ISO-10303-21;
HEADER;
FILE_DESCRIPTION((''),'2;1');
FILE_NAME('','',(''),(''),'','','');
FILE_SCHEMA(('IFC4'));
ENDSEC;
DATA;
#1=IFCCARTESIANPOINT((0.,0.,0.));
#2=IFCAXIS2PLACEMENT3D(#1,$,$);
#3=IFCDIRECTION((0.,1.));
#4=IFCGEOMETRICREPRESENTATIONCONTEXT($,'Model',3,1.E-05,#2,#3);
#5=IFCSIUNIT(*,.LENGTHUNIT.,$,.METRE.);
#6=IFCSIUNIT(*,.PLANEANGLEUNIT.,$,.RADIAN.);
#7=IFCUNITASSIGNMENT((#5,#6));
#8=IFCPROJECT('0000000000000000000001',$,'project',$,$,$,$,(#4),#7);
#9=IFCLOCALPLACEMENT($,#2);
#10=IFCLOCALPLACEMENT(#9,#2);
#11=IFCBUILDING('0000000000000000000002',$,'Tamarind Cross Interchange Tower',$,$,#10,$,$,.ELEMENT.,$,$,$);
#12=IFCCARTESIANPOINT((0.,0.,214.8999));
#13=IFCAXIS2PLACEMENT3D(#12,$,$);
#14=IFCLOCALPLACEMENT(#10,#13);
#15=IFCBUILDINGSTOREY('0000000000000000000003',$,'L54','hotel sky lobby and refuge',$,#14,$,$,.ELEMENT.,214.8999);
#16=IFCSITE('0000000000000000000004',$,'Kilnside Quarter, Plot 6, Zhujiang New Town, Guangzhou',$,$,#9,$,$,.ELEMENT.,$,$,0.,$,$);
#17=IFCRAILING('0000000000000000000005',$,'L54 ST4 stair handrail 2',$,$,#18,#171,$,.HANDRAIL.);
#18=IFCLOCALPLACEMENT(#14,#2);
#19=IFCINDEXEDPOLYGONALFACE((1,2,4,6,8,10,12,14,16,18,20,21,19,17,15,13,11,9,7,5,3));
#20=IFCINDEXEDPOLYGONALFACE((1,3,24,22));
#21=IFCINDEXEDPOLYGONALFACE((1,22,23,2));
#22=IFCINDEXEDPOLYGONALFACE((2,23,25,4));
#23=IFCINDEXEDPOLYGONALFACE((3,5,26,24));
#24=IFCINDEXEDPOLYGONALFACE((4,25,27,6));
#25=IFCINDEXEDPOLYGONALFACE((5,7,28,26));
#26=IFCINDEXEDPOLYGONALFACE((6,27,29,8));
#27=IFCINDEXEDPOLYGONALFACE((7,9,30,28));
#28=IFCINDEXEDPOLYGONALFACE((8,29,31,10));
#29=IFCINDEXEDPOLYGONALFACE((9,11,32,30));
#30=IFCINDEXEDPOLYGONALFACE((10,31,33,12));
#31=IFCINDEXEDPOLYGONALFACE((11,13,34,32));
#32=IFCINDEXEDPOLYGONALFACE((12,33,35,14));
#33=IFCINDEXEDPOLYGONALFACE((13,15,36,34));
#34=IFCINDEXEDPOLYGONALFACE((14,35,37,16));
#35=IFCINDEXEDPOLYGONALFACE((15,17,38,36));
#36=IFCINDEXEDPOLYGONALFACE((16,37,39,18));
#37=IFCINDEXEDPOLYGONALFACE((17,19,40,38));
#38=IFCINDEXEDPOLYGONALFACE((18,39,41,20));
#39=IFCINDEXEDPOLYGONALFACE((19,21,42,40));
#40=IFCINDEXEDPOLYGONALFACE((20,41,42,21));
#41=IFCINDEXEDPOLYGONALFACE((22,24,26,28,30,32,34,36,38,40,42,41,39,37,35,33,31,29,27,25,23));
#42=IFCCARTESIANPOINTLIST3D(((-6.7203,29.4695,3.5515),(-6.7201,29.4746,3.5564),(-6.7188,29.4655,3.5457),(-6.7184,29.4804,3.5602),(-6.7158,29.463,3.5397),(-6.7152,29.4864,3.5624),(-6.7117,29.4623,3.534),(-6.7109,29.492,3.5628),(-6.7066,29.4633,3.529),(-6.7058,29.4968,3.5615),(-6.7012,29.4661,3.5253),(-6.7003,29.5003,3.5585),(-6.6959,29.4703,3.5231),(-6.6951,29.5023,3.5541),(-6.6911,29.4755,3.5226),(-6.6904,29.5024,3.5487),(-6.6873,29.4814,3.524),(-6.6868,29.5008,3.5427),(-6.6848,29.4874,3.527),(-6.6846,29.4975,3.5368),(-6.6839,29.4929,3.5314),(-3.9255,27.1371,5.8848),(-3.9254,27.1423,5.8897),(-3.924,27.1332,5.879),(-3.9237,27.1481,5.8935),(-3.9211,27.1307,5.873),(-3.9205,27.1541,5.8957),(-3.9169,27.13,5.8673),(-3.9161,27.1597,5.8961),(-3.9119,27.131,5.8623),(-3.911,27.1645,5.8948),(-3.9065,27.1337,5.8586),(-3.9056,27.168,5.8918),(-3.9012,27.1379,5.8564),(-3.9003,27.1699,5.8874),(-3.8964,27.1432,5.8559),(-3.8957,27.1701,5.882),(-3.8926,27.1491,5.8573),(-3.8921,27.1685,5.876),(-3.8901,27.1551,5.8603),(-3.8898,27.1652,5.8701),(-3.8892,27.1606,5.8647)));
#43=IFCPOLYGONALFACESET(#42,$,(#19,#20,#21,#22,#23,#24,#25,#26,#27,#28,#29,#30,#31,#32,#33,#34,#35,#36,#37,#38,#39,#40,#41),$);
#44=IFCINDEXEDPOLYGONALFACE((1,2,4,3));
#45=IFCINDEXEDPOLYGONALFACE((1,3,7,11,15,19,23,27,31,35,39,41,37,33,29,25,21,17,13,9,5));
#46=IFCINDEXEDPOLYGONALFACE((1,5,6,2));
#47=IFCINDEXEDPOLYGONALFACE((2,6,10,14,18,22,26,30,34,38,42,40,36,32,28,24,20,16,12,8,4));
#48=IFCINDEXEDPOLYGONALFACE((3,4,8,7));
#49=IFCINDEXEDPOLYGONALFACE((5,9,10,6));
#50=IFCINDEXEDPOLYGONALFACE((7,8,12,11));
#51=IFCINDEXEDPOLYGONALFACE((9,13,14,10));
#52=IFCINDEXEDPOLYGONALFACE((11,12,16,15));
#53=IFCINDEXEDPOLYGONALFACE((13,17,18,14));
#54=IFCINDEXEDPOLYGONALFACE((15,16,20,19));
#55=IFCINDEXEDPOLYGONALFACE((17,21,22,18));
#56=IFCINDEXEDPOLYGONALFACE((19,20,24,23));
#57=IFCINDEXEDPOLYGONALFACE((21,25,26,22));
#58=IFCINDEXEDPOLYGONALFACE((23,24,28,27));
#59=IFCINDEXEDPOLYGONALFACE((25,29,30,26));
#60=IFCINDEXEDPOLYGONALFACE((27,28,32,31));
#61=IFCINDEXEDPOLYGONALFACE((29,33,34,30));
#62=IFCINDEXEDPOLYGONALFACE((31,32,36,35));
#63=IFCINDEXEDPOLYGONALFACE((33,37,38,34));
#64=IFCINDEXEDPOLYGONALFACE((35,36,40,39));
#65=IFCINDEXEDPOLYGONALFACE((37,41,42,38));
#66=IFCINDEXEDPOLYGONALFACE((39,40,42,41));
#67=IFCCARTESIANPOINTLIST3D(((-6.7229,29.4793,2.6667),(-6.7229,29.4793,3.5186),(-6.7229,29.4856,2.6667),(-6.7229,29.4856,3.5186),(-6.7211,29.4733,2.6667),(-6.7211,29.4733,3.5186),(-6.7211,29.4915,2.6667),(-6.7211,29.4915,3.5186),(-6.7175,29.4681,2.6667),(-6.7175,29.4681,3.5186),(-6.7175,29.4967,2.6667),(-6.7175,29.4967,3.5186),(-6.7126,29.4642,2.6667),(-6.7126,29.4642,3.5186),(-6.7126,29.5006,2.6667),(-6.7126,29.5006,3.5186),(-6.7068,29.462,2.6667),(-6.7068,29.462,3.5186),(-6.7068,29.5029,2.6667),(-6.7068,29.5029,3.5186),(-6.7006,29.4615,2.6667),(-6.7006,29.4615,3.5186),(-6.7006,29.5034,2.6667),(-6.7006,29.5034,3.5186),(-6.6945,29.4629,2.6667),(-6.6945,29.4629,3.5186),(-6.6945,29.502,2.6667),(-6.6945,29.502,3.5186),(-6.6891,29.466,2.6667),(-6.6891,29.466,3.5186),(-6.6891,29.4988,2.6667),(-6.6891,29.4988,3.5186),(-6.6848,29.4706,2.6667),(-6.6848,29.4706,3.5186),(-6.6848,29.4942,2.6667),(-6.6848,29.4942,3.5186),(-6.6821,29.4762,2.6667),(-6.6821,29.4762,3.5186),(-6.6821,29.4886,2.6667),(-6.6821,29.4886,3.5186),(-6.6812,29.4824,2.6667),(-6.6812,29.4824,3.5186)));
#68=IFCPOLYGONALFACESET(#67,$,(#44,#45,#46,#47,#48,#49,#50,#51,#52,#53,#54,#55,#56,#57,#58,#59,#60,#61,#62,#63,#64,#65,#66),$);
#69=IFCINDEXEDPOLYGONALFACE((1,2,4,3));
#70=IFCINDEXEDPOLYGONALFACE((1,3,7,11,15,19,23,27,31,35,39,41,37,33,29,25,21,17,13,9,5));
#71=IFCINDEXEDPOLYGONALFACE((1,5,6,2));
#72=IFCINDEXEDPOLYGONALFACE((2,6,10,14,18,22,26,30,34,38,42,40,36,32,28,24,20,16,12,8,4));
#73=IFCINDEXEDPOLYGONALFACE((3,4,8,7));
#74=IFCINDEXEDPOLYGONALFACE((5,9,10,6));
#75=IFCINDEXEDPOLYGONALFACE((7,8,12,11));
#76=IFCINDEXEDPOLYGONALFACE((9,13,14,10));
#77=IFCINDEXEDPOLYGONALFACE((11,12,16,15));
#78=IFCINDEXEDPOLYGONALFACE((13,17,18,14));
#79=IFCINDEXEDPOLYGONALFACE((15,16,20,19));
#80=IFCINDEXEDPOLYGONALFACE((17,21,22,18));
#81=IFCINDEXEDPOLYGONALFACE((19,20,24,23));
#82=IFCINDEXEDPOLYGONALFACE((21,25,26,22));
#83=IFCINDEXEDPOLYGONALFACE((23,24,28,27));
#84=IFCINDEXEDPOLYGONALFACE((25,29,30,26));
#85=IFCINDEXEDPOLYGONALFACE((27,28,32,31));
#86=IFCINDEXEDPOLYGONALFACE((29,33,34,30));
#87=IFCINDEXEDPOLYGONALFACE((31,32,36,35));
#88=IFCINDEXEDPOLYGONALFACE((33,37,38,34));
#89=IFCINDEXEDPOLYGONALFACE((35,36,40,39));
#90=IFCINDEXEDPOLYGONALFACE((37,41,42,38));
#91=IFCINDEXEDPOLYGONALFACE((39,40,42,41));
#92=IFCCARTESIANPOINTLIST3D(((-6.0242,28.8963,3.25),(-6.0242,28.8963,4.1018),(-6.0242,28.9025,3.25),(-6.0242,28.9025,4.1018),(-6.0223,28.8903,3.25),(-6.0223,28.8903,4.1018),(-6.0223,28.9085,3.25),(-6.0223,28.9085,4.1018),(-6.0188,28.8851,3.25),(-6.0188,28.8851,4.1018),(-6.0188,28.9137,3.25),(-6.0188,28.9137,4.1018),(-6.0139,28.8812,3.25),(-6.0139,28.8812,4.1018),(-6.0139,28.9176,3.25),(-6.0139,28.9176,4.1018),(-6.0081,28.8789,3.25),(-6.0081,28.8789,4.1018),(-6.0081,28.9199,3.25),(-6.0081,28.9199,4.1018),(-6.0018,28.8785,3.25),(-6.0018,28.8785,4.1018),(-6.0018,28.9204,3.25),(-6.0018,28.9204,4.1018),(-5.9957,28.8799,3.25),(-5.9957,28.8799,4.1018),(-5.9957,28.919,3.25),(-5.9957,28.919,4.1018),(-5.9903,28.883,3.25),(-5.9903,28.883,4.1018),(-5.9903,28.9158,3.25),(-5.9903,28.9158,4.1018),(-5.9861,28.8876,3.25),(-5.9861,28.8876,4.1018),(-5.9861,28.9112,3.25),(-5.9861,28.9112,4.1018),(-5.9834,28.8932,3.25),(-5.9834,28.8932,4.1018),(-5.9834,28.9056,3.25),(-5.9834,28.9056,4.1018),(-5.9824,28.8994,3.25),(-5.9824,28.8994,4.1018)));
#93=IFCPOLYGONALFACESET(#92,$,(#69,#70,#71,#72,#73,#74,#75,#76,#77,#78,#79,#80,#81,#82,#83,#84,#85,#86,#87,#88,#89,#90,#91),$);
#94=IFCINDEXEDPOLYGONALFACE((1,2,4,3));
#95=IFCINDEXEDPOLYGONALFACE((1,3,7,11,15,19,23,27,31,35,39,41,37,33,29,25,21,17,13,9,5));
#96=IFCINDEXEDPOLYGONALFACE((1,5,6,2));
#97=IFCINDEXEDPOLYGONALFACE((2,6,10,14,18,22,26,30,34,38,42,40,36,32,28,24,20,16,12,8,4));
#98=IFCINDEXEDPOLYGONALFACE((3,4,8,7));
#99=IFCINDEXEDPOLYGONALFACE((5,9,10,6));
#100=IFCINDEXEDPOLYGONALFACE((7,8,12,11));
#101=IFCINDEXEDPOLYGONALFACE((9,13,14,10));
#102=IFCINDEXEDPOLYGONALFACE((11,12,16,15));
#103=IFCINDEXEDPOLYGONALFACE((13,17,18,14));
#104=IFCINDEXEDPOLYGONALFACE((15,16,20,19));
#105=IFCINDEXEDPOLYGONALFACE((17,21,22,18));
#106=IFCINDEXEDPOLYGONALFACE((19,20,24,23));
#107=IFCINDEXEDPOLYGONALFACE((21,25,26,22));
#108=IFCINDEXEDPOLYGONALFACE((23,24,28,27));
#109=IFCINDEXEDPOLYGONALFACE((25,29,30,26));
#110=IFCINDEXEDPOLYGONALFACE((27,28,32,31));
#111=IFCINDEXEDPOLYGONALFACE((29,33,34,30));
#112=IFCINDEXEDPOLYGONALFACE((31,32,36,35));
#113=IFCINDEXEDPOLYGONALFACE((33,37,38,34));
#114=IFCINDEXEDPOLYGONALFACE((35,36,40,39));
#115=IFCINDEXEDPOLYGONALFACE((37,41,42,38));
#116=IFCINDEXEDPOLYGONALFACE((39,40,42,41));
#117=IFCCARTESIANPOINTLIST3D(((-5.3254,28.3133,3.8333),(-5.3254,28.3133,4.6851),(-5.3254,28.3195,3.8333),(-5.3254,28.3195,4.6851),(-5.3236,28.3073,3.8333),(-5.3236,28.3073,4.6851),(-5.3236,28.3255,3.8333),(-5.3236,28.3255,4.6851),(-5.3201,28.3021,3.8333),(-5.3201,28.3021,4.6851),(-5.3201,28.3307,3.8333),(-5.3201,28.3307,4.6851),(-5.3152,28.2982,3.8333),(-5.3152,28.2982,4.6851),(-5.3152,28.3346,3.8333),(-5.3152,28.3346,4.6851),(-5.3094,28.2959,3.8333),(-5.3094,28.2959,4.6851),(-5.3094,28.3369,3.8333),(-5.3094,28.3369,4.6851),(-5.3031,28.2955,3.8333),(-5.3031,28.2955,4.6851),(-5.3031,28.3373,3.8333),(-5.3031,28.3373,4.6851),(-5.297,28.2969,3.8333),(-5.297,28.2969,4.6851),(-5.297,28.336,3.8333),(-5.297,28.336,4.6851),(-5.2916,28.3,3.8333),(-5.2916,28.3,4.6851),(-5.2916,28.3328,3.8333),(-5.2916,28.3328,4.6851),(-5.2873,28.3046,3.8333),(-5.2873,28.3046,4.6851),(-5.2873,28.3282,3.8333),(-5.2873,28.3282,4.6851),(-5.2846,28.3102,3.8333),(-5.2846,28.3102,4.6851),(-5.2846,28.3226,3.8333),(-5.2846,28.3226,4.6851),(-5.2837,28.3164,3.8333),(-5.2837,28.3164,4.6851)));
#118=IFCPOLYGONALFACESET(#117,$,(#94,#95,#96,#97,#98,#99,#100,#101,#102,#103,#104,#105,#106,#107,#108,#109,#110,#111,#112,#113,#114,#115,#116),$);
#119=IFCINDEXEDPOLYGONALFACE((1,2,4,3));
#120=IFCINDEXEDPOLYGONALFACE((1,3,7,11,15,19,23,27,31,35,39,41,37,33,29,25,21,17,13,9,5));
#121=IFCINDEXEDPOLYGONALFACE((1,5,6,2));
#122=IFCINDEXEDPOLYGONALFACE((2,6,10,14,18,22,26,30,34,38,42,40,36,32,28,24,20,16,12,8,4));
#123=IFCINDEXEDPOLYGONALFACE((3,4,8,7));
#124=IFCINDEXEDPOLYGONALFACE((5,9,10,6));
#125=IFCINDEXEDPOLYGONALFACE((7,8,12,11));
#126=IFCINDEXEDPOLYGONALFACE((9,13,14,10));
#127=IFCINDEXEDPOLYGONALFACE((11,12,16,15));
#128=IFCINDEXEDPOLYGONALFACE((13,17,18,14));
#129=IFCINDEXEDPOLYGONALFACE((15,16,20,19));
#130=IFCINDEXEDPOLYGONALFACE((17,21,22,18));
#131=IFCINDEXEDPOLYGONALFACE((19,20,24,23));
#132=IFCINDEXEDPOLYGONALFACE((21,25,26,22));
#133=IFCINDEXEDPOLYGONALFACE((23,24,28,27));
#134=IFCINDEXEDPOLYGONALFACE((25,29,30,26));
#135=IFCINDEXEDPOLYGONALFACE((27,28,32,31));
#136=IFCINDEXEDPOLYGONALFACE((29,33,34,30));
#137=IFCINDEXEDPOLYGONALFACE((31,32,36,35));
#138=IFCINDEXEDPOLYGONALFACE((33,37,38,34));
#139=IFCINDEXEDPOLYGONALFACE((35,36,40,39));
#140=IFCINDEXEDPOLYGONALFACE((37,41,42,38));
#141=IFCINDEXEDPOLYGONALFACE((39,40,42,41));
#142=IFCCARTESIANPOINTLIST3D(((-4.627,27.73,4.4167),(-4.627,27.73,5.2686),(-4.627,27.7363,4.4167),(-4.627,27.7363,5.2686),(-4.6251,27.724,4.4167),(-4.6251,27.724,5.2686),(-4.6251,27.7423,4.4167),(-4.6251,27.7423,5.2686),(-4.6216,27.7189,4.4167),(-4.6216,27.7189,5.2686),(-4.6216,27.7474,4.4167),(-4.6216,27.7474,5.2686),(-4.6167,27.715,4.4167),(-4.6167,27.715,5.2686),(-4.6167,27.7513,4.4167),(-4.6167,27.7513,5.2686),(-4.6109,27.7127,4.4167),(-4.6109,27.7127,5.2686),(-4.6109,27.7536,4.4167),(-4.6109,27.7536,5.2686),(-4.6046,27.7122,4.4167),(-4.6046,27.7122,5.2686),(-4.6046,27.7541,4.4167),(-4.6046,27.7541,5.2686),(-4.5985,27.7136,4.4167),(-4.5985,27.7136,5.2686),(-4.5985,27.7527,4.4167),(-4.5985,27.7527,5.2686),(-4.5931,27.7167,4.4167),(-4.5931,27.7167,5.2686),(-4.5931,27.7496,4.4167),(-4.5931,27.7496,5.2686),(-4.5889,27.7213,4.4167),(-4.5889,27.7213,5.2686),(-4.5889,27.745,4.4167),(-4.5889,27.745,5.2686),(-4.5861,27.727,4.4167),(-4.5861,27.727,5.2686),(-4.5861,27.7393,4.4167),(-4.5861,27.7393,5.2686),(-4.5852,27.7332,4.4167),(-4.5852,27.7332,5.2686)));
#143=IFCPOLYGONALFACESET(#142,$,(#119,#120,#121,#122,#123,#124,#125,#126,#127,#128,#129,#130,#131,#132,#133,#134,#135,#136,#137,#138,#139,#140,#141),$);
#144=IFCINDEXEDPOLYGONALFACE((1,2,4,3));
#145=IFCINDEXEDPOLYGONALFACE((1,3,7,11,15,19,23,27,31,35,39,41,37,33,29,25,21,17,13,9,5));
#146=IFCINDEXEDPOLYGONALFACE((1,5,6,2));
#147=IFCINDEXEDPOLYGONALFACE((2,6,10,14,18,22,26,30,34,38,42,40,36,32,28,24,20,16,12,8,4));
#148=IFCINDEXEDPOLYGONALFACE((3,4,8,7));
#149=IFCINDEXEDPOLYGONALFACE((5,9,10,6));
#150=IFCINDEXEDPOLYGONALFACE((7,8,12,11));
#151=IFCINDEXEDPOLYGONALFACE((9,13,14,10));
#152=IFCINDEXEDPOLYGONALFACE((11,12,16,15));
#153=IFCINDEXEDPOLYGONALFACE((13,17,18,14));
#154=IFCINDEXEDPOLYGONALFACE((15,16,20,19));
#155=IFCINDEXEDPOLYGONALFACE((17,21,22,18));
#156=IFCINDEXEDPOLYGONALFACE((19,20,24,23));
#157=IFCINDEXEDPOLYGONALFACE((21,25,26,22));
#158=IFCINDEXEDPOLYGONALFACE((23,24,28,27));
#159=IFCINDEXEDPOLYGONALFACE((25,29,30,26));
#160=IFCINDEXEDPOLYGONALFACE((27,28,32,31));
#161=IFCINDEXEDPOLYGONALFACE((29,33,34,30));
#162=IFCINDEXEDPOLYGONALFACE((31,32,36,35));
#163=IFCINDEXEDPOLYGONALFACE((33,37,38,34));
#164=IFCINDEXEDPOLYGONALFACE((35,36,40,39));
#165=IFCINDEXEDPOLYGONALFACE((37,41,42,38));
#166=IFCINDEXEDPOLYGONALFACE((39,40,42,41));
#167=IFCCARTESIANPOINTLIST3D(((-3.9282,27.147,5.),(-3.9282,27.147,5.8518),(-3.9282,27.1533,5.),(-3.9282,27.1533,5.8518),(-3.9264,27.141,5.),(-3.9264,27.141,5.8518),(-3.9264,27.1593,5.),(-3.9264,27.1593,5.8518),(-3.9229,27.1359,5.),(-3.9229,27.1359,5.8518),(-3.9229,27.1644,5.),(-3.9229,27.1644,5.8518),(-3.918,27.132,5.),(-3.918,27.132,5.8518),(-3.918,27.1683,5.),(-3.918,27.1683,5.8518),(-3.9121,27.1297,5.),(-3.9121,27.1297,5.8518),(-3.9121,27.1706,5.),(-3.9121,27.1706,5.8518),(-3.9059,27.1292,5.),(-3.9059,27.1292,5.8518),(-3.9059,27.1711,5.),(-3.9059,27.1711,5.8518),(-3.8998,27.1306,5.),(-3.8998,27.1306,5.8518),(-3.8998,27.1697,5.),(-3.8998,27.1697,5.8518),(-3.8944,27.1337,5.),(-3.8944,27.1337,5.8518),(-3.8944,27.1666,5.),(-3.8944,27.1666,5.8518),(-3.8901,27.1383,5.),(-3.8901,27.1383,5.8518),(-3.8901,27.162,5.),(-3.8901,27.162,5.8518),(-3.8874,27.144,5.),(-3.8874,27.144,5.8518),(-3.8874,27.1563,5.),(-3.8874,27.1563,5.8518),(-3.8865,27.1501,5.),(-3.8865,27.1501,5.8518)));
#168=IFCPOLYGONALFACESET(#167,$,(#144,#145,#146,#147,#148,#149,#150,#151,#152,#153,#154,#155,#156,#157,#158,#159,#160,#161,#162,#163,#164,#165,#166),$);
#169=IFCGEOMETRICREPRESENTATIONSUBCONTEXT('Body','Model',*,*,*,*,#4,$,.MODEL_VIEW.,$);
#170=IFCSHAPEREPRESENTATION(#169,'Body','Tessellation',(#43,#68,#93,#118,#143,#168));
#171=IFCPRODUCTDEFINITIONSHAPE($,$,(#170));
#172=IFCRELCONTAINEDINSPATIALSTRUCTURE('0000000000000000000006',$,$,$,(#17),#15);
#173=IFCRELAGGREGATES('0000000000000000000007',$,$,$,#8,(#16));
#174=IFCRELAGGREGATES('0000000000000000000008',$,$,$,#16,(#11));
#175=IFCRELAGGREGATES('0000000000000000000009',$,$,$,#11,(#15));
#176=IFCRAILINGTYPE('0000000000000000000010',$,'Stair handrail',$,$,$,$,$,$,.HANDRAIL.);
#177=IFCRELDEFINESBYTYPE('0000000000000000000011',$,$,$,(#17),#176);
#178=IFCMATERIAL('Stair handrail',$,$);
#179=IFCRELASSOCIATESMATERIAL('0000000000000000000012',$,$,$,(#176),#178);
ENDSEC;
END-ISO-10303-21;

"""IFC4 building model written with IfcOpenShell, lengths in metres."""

from ifc_helpers import new_model, si_unit, direction, frame, origin, origin_2d, place, context, subcontext, project, spatial, circle, extrude, material, type_object, element, save


model = new_model("IFC4")

# Units and contexts
model_context = context("Model", 3, precision=1e-05, world=origin(), true_north=direction((0.0, 1.0)))
body_context = subcontext(model_context, "Body", "Model", "MODEL_VIEW")
ifc_project = project(units=[si_unit("LENGTHUNIT", "METRE"), si_unit("PLANEANGLEUNIT", "RADIAN")], contexts=[model_context])

# Site, building, storey
site_placement = place(None, origin())
site = spatial("IfcSite", under=ifc_project, at=site_placement, Name="Kilnside Quarter, Plot 6, Zhujiang New Town, Guangzhou", CompositionType="ELEMENT", RefElevation=0.0)
building_placement = place(site_placement, origin())
building = spatial("IfcBuilding", under=site, at=building_placement, Name="Tamarind Cross Interchange Tower", CompositionType="ELEMENT")
storey_placement = place(building_placement, frame((0.0, 0.0, 214.8999)))
storey = spatial("IfcBuildingStorey", under=building, at=storey_placement, Name="L54", Description="hotel sky lobby and refuge", CompositionType="ELEMENT", Elevation=214.8999)

# Railing
ifc_material_1 = material(Name="Stair handrail")
railing_type = type_object("IfcRailingType", Name="Stair handrail", PredefinedType="HANDRAIL", material=ifc_material_1)
railing_placement = place(storey_placement, frame((-6.7021, 29.4824, 2.6667)))
element("IfcRailing", 1, at=railing_placement, inside=storey, type_object=railing_type, Name="L54 ST4 stair handrail 2", PredefinedType="HANDRAIL", context=body_context, shape_type="SweptSolid", body=[
    extrude(circle(Radius=0.0239, at=origin_2d()), frame((0.0, 0.0, 0.876), z_axis=(0.646373, -0.539425, 0.539651), x_axis=(0.640732, 0.767765, 0.0)), (0.0, 0.0, 1.0), 4.3237),
    extrude(circle(Radius=0.021, at=origin_2d()), origin(), (0.0, 0.0, 1.0), 0.8518),
    extrude(circle(Radius=0.021, at=origin_2d()), frame((0.6987, -0.583, 0.5833)), (0.0, 0.0, 1.0), 0.8518),
    extrude(circle(Radius=0.021, at=origin_2d()), frame((1.3975, -1.166, 1.1665)), (0.0, 0.0, 1.0), 0.8518),
    extrude(circle(Radius=0.021, at=origin_2d()), frame((2.0959, -1.7493, 1.75)), (0.0, 0.0, 1.0), 0.8518),
    extrude(circle(Radius=0.021, at=origin_2d()), frame((2.7947, -2.3323, 2.3333)), (0.0, 0.0, 1.0), 0.8518),
])

save(model, "model.ifc")
